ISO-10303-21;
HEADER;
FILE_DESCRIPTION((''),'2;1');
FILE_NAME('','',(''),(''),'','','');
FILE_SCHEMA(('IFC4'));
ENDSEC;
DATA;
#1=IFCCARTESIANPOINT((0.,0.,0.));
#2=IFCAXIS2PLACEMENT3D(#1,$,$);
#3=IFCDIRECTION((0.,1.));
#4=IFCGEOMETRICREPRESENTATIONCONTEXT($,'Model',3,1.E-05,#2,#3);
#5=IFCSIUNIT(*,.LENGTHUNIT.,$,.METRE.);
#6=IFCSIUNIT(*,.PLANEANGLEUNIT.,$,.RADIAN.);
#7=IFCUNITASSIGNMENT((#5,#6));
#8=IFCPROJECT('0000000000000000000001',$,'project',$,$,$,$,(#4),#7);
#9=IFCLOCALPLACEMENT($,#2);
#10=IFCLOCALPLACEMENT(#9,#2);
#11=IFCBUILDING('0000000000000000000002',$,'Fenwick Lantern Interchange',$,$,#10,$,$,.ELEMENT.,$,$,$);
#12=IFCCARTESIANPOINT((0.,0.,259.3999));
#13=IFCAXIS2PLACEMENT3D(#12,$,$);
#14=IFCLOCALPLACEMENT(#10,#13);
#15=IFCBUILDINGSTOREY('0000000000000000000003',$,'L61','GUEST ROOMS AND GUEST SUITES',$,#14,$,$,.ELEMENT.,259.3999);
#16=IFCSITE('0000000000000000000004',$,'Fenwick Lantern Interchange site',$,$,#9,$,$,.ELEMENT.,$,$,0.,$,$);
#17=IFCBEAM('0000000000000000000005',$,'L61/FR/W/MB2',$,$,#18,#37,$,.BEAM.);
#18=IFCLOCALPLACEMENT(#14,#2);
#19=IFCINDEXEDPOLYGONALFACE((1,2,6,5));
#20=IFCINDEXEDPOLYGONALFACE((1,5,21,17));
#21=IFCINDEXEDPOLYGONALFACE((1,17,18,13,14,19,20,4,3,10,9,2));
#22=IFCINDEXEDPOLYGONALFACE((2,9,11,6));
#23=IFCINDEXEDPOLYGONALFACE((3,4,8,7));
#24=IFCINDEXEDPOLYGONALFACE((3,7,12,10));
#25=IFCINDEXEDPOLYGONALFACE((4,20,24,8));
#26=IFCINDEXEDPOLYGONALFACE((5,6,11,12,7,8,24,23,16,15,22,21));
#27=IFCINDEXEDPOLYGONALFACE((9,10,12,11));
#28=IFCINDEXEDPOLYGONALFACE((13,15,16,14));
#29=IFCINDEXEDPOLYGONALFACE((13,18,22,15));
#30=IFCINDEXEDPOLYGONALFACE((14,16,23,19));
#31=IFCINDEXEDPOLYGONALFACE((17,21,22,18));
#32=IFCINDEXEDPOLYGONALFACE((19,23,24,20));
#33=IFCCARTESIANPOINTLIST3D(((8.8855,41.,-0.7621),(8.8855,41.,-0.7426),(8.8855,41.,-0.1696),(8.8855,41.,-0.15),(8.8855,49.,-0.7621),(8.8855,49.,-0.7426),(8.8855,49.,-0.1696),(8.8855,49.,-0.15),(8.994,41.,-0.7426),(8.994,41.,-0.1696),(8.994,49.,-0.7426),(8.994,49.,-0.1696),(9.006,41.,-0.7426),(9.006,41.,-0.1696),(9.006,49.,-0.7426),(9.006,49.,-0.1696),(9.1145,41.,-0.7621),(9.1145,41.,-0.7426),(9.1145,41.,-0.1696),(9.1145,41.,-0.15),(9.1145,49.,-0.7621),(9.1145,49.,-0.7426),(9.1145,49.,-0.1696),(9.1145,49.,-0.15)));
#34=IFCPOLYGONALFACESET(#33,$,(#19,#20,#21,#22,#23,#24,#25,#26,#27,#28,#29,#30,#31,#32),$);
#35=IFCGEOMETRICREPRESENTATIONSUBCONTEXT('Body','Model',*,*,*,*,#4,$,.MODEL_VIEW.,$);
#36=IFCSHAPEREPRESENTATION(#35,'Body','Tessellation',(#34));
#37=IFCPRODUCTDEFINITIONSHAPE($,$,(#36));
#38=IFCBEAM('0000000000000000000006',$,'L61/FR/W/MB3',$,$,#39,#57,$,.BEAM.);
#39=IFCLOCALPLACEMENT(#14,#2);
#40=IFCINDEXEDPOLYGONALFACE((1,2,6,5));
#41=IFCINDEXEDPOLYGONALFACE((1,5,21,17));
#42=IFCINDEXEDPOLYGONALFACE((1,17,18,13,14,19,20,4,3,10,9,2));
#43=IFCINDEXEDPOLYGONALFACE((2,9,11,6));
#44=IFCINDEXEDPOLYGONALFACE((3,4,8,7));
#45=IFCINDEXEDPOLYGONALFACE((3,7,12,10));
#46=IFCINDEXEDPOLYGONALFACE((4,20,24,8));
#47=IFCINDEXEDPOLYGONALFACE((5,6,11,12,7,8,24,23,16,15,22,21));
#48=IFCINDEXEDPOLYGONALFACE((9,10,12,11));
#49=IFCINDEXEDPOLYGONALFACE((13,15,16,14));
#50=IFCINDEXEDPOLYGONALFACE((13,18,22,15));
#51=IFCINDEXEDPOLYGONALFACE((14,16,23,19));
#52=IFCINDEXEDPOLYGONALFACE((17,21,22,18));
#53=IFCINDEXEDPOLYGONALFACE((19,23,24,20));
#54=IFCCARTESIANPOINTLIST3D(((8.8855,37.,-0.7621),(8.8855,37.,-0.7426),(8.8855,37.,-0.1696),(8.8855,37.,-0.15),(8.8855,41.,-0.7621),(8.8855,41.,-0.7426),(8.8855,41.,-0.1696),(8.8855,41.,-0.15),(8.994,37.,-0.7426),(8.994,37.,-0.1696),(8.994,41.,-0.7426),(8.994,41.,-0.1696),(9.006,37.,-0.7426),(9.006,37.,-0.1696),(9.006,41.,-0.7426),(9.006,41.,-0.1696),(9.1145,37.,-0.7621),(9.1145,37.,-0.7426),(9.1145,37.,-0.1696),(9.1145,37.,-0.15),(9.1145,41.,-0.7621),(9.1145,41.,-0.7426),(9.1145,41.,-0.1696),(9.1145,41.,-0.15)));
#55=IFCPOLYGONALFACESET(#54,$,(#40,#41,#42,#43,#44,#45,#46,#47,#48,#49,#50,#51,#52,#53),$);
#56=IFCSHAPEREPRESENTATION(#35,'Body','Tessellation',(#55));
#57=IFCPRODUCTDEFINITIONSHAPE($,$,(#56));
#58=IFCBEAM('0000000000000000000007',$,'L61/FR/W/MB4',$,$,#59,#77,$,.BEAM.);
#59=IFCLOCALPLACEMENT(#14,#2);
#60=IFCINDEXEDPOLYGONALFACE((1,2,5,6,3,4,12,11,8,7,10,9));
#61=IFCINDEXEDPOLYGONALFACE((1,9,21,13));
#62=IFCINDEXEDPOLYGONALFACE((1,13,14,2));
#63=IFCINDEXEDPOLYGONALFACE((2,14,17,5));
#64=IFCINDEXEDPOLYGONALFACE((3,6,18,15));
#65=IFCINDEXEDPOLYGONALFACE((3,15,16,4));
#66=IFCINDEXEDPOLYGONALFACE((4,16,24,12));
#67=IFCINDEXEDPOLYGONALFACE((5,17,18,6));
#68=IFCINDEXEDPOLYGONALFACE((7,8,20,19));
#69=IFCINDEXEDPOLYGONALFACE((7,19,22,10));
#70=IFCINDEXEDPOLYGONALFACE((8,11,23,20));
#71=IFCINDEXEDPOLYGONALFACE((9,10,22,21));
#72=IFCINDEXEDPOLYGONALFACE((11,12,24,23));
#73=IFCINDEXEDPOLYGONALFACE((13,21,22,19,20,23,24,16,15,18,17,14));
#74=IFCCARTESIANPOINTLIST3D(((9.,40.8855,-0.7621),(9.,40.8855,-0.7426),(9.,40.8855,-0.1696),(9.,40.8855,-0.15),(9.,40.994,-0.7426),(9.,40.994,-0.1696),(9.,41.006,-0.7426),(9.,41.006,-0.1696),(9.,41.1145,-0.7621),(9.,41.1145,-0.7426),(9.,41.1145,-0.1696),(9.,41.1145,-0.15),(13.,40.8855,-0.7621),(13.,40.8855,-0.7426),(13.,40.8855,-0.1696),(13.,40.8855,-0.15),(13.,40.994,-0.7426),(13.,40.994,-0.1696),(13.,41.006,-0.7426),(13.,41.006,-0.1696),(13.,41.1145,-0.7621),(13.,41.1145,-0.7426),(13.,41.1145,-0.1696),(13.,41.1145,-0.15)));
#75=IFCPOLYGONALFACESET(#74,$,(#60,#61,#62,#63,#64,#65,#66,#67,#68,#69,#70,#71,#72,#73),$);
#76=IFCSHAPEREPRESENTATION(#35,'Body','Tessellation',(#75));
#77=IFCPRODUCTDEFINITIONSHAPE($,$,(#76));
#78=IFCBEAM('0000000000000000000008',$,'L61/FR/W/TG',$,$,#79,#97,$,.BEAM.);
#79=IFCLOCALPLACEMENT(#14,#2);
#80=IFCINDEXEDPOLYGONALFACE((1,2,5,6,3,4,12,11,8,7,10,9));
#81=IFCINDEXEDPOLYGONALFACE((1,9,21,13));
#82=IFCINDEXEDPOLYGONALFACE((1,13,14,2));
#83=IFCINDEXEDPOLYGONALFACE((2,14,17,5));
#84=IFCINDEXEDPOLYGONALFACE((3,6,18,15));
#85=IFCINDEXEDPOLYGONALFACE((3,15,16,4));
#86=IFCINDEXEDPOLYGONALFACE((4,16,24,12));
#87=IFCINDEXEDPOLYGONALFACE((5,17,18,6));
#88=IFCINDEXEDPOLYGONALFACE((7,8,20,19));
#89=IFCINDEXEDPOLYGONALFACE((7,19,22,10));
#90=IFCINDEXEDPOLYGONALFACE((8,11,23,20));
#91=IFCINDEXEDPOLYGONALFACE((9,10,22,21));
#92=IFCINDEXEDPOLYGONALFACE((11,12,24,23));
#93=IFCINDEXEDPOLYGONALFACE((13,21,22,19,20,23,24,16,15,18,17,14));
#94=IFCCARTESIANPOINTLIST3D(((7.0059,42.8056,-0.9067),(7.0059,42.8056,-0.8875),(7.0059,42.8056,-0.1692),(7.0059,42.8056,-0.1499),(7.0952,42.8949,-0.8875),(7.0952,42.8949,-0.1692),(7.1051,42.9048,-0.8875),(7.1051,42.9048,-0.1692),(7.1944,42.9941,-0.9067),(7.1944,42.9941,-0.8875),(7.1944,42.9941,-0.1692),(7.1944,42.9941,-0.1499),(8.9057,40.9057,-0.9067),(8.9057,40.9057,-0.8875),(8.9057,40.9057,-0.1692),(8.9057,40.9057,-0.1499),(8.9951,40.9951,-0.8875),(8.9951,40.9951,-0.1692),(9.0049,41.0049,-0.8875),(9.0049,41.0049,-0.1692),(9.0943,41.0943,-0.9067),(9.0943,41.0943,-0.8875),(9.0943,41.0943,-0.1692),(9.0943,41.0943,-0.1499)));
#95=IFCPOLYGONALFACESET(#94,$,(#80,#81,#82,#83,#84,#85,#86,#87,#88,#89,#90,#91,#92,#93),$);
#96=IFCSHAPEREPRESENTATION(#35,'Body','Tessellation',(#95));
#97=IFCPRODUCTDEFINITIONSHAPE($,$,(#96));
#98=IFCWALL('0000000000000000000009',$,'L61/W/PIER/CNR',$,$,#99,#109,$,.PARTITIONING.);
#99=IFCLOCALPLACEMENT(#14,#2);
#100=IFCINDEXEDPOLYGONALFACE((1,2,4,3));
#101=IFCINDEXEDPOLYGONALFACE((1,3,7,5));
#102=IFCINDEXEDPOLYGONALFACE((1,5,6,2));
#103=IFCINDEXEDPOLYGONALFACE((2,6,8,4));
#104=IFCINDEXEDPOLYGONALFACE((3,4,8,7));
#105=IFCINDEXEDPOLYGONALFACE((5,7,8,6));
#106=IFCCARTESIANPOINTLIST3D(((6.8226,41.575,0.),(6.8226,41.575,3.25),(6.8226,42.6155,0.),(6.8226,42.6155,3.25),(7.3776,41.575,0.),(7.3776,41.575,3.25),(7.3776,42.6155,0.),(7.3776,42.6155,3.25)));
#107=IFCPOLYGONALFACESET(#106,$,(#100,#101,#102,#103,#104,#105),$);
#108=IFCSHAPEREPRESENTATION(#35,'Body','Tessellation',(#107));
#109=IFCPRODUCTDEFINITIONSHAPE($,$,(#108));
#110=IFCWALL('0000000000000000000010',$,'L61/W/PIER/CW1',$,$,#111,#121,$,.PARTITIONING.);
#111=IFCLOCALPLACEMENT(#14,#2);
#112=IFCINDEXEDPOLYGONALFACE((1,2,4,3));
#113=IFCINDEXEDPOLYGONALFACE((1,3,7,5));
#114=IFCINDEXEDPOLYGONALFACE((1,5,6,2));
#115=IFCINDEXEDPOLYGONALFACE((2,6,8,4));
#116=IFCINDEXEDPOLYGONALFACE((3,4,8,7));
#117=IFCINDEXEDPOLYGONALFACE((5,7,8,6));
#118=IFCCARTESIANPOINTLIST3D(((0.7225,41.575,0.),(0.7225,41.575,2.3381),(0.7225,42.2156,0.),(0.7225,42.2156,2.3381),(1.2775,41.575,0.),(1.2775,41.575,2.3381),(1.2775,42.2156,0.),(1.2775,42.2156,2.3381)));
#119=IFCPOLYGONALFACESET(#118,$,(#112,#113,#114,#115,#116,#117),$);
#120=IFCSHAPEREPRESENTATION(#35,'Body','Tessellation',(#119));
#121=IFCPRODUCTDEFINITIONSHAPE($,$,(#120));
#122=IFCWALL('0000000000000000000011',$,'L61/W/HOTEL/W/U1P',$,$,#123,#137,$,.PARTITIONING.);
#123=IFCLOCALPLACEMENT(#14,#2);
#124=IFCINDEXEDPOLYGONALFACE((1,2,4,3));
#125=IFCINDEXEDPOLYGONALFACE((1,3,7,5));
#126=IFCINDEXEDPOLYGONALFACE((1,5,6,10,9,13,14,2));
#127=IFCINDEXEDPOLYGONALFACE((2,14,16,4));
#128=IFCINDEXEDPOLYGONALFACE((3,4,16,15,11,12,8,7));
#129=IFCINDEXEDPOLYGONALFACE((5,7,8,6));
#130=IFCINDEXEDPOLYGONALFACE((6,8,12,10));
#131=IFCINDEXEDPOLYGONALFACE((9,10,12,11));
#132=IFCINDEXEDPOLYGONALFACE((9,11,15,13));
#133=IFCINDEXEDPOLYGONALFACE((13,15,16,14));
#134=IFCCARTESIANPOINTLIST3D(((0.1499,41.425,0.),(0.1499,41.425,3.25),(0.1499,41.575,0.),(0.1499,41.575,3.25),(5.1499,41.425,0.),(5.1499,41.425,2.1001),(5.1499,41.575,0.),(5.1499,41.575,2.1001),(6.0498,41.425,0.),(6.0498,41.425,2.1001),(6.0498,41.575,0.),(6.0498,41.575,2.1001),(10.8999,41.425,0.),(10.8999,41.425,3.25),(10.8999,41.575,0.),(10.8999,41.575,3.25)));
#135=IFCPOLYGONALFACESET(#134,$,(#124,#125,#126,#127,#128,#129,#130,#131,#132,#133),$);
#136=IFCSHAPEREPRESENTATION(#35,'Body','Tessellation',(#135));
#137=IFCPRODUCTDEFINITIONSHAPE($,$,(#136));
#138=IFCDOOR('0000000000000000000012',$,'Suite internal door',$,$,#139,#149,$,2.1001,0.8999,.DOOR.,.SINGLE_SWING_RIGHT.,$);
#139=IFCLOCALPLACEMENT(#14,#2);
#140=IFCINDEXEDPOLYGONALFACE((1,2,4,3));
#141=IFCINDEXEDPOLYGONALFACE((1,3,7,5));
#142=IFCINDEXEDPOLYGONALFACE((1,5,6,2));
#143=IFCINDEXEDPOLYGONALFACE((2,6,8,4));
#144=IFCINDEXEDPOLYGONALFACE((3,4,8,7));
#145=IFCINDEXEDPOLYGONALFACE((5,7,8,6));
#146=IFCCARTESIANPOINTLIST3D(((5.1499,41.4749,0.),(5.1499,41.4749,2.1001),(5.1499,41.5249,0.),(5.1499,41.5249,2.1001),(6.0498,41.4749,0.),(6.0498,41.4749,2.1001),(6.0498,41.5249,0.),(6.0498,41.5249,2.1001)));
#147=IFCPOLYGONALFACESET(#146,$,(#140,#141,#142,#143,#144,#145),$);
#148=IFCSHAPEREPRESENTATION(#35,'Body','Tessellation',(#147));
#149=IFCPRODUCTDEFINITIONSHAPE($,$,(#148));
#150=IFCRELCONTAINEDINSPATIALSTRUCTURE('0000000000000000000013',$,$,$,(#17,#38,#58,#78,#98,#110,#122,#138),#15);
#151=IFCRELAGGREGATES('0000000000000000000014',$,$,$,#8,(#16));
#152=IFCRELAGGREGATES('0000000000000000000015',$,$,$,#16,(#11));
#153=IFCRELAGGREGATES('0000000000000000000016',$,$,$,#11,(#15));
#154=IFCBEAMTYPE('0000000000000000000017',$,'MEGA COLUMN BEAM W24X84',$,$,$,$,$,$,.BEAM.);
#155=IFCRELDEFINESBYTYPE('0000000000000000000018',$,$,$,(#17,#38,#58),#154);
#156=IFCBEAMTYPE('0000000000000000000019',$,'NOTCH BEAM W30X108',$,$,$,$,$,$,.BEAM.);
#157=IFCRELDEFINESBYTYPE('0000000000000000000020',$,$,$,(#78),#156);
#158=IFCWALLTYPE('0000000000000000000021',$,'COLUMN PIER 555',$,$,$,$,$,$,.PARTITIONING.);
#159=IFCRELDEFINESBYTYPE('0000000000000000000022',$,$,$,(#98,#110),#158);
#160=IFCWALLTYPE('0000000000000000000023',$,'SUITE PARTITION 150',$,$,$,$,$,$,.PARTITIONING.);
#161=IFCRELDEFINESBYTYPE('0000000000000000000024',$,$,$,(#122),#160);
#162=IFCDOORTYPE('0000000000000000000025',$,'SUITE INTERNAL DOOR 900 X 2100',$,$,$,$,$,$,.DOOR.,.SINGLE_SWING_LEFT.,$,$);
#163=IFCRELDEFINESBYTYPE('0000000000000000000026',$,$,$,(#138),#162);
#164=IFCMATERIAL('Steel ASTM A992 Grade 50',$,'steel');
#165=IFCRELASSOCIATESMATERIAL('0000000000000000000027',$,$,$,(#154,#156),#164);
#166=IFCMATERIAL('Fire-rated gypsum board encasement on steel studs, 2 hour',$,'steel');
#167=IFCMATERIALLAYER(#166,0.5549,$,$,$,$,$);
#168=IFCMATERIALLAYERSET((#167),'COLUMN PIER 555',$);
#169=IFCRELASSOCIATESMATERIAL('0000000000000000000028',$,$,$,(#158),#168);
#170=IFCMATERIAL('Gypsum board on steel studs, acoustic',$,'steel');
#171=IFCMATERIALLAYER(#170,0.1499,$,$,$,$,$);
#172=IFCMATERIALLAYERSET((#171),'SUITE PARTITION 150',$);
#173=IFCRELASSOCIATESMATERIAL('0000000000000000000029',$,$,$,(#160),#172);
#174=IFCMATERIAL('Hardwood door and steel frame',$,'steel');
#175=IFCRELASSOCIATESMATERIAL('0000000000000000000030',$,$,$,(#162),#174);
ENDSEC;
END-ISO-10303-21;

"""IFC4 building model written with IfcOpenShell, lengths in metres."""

from ifc_helpers import new_model, si_unit, direction, frame, frame_2d, origin, origin_2d, place, context, subcontext, project, spatial, rectangle, i_section, extrude, material, layer, layer_set, material_profile, profile_set, type_object, element, fill, save


model = new_model("IFC4")

# Units and contexts
model_context = context("Model", 3, precision=1e-05, world=origin(), true_north=direction((0.0, 1.0)))
body_context = subcontext(model_context, "Body", "Model", "MODEL_VIEW")
ifc_project = project(units=[si_unit("LENGTHUNIT", "METRE"), si_unit("PLANEANGLEUNIT", "RADIAN")], contexts=[model_context])

# Site, building, storey
site_placement = place(None, origin())
site = spatial("IfcSite", under=ifc_project, at=site_placement, Name="Fenwick Lantern Interchange site", CompositionType="ELEMENT", RefElevation=0.0)
building_placement = place(site_placement, origin())
building = spatial("IfcBuilding", under=site, at=building_placement, Name="Fenwick Lantern Interchange", CompositionType="ELEMENT")
storey_placement = place(building_placement, frame((0.0, 0.0, 259.3999)))
storey = spatial("IfcBuildingStorey", under=building, at=storey_placement, Name="L61", Description="GUEST ROOMS AND GUEST SUITES", CompositionType="ELEMENT", Elevation=259.3999)

# Shared definitions
ifc_material_1 = material(Name="Steel ASTM A992 Grade 50", Category="steel")

# Beams
ifc_material_profile_1 = material_profile(ifc_material_1, i_section(OverallWidth=0.229, OverallDepth=0.6121, WebThickness=0.012, FlangeThickness=0.0195, at=origin_2d()), Name="W24X84")
ifc_profile_set_1 = profile_set([ifc_material_profile_1], Name="Steel ASTM A992 Grade 50")
beam_type_1 = type_object("IfcBeamType", Name="MEGA COLUMN BEAM W24X84", PredefinedType="BEAM", material=ifc_profile_set_1)
for number, where, z_axis, x_axis, name in (
    (1, (9.0, 41.0, -0.4561), (0.0, 1.0, 0.0), (-1.0, 0.0, 0.0), "L61/FR/W/MB2"),
):
    element("IfcBeam", number, at=place(storey_placement, frame(where, z_axis=z_axis, x_axis=x_axis)), inside=storey, type_object=beam_type_1, Name=name, PredefinedType="BEAM", context=body_context, shape_type="SweptSolid", body=[
        extrude(i_section(OverallWidth=0.229, OverallDepth=0.6121, WebThickness=0.012, FlangeThickness=0.0195, at=origin_2d()), origin(), (0.0, 0.0, 1.0), 8.0),
    ])
for number, where, z_axis, x_axis, name in (
    (2, (9.0, 41.0, -0.4561), (0.0, -1.0, 0.0), (1.0, 0.0, 0.0), "L61/FR/W/MB3"),
    (3, (9.0, 41.0, -0.4561), (1.0, 0.0, 0.0), (0.0, 1.0, 0.0), "L61/FR/W/MB4"),
):
    element("IfcBeam", number, at=place(storey_placement, frame(where, z_axis=z_axis, x_axis=x_axis)), inside=storey, type_object=beam_type_1, Name=name, PredefinedType="BEAM", context=body_context, shape_type="SweptSolid", body=[
        extrude(i_section(OverallWidth=0.229, OverallDepth=0.6121, WebThickness=0.012, FlangeThickness=0.0195, at=origin_2d()), origin(), (0.0, 0.0, 1.0), 4.0),
    ])
ifc_material_profile_2 = material_profile(ifc_material_1, i_section(OverallWidth=0.2666, OverallDepth=0.7568, WebThickness=0.0139, FlangeThickness=0.0193, at=origin_2d()), Name="W30X108")
ifc_profile_set_2 = profile_set([ifc_material_profile_2], Name="Steel ASTM A992 Grade 50")
beam_type_2 = type_object("IfcBeamType", Name="NOTCH BEAM W30X108", PredefinedType="BEAM", material=ifc_profile_set_2)
beam_1_placement = place(storey_placement, frame((9.0, 41.0, -0.5283), z_axis=(-0.707107, 0.707107, 0.0), x_axis=(-0.707107, -0.707107, 0.0)))
element("IfcBeam", 4, at=beam_1_placement, inside=storey, type_object=beam_type_2, Name="L61/FR/W/TG", PredefinedType="BEAM", context=body_context, shape_type="SweptSolid", body=[
    extrude(i_section(OverallWidth=0.2666, OverallDepth=0.7568, WebThickness=0.0139, FlangeThickness=0.0193, at=origin_2d()), origin(), (0.0, 0.0, 1.0), 2.6868),
])

# Walls
ifc_material_2 = material(Name="Fire-rated gypsum board encasement on steel studs, 2 hour", Category="steel")
ifc_layer_1 = layer(ifc_material_2, 0.5549)
ifc_layer_set_1 = layer_set([ifc_layer_1], Name="COLUMN PIER 555")
wall_type_1 = type_object("IfcWallType", Name="COLUMN PIER 555", PredefinedType="PARTITIONING", material=ifc_layer_set_1)
wall_1_placement = place(storey_placement, frame((7.1001, 41.575, 0.0), z_axis=(0.0, 0.0, 1.0), x_axis=(0.0, 1.0, 0.0)))
element("IfcWall", 5, at=wall_1_placement, inside=storey, type_object=wall_type_1, Name="L61/W/PIER/CNR", PredefinedType="PARTITIONING", context=body_context, shape_type="SweptSolid", body=[
    extrude(rectangle(XDim=1.0405, YDim=0.5549, at=frame_2d((0.5203, 0.0))), origin(), (0.0, 0.0, 1.0), 3.25),
])
wall_2_placement = place(storey_placement, frame((1.0, 41.575, 0.0), z_axis=(0.0, 0.0, 1.0), x_axis=(0.0, 1.0, 0.0)))
element("IfcWall", 6, at=wall_2_placement, inside=storey, type_object=wall_type_1, Name="L61/W/PIER/CW1", PredefinedType="PARTITIONING", context=body_context, shape_type="SweptSolid", body=[
    extrude(rectangle(XDim=0.6406, YDim=0.5549, at=frame_2d((0.3203, 0.0))), origin(), (0.0, 0.0, 1.0), 2.3381),
])

# Wall, opening, door
ifc_material_3 = material(Name="Gypsum board on steel studs, acoustic", Category="steel")
ifc_layer_2 = layer(ifc_material_3, 0.1499)
ifc_layer_set_2 = layer_set([ifc_layer_2], Name="SUITE PARTITION 150")
wall_type_2 = type_object("IfcWallType", Name="SUITE PARTITION 150", PredefinedType="PARTITIONING", material=ifc_layer_set_2)
wall_3_placement = place(storey_placement, frame((0.1499, 41.5, 0.0), z_axis=(0.0, 0.0, 1.0), x_axis=(1.0, 0.0, 0.0)))
wall_3 = element("IfcWall", 7, at=wall_3_placement, inside=storey, type_object=wall_type_2, Name="L61/W/HOTEL/W/U1P", PredefinedType="PARTITIONING", context=body_context, shape_type="SweptSolid", body=[
    extrude(rectangle(XDim=10.75, YDim=0.1499, at=frame_2d((5.375, 0.0))), origin(), (0.0, 0.0, 1.0), 3.25),
])
opening_placement = place(wall_3_placement, frame((5.0, 0.0, 0.0)))
opening = element("IfcOpeningElement", 8, at=opening_placement, cuts=wall_3, PredefinedType="OPENING", context=body_context, shape_type="SweptSolid", body=[
    extrude(rectangle(XDim=0.8999, YDim=2.1001, at=frame_2d((0.45, 1.05))), frame((0.0, 0.085, 0.0), z_axis=(0.0, -1.0, 0.0), x_axis=(1.0, 0.0, 0.0)), (0.0, 0.0, 1.0), 0.1699),
])
ifc_material_4 = material(Name="Hardwood door and steel frame", Category="steel")
door_type = type_object("IfcDoorType", Name="SUITE INTERNAL DOOR 900 X 2100", OperationType="SINGLE_SWING_LEFT", PredefinedType="DOOR", material=ifc_material_4)
door_placement = place(opening_placement, origin())
door = element("IfcDoor", 9, at=door_placement, inside=storey, type_object=door_type, Name="Suite internal door", OperationType="SINGLE_SWING_RIGHT", OverallHeight=2.1001, OverallWidth=0.8999, PredefinedType="DOOR", context=body_context, shape_type="SweptSolid", body=[
    extrude(rectangle(XDim=0.8999, YDim=2.1001, at=frame_2d((0.45, 1.05))), frame((0.0, 0.0249, 0.0), z_axis=(0.0, -1.0, 0.0), x_axis=(1.0, 0.0, 0.0)), (0.0, 0.0, 1.0), 0.05),
])
fill(opening, door)

save(model, "model.ifc")
